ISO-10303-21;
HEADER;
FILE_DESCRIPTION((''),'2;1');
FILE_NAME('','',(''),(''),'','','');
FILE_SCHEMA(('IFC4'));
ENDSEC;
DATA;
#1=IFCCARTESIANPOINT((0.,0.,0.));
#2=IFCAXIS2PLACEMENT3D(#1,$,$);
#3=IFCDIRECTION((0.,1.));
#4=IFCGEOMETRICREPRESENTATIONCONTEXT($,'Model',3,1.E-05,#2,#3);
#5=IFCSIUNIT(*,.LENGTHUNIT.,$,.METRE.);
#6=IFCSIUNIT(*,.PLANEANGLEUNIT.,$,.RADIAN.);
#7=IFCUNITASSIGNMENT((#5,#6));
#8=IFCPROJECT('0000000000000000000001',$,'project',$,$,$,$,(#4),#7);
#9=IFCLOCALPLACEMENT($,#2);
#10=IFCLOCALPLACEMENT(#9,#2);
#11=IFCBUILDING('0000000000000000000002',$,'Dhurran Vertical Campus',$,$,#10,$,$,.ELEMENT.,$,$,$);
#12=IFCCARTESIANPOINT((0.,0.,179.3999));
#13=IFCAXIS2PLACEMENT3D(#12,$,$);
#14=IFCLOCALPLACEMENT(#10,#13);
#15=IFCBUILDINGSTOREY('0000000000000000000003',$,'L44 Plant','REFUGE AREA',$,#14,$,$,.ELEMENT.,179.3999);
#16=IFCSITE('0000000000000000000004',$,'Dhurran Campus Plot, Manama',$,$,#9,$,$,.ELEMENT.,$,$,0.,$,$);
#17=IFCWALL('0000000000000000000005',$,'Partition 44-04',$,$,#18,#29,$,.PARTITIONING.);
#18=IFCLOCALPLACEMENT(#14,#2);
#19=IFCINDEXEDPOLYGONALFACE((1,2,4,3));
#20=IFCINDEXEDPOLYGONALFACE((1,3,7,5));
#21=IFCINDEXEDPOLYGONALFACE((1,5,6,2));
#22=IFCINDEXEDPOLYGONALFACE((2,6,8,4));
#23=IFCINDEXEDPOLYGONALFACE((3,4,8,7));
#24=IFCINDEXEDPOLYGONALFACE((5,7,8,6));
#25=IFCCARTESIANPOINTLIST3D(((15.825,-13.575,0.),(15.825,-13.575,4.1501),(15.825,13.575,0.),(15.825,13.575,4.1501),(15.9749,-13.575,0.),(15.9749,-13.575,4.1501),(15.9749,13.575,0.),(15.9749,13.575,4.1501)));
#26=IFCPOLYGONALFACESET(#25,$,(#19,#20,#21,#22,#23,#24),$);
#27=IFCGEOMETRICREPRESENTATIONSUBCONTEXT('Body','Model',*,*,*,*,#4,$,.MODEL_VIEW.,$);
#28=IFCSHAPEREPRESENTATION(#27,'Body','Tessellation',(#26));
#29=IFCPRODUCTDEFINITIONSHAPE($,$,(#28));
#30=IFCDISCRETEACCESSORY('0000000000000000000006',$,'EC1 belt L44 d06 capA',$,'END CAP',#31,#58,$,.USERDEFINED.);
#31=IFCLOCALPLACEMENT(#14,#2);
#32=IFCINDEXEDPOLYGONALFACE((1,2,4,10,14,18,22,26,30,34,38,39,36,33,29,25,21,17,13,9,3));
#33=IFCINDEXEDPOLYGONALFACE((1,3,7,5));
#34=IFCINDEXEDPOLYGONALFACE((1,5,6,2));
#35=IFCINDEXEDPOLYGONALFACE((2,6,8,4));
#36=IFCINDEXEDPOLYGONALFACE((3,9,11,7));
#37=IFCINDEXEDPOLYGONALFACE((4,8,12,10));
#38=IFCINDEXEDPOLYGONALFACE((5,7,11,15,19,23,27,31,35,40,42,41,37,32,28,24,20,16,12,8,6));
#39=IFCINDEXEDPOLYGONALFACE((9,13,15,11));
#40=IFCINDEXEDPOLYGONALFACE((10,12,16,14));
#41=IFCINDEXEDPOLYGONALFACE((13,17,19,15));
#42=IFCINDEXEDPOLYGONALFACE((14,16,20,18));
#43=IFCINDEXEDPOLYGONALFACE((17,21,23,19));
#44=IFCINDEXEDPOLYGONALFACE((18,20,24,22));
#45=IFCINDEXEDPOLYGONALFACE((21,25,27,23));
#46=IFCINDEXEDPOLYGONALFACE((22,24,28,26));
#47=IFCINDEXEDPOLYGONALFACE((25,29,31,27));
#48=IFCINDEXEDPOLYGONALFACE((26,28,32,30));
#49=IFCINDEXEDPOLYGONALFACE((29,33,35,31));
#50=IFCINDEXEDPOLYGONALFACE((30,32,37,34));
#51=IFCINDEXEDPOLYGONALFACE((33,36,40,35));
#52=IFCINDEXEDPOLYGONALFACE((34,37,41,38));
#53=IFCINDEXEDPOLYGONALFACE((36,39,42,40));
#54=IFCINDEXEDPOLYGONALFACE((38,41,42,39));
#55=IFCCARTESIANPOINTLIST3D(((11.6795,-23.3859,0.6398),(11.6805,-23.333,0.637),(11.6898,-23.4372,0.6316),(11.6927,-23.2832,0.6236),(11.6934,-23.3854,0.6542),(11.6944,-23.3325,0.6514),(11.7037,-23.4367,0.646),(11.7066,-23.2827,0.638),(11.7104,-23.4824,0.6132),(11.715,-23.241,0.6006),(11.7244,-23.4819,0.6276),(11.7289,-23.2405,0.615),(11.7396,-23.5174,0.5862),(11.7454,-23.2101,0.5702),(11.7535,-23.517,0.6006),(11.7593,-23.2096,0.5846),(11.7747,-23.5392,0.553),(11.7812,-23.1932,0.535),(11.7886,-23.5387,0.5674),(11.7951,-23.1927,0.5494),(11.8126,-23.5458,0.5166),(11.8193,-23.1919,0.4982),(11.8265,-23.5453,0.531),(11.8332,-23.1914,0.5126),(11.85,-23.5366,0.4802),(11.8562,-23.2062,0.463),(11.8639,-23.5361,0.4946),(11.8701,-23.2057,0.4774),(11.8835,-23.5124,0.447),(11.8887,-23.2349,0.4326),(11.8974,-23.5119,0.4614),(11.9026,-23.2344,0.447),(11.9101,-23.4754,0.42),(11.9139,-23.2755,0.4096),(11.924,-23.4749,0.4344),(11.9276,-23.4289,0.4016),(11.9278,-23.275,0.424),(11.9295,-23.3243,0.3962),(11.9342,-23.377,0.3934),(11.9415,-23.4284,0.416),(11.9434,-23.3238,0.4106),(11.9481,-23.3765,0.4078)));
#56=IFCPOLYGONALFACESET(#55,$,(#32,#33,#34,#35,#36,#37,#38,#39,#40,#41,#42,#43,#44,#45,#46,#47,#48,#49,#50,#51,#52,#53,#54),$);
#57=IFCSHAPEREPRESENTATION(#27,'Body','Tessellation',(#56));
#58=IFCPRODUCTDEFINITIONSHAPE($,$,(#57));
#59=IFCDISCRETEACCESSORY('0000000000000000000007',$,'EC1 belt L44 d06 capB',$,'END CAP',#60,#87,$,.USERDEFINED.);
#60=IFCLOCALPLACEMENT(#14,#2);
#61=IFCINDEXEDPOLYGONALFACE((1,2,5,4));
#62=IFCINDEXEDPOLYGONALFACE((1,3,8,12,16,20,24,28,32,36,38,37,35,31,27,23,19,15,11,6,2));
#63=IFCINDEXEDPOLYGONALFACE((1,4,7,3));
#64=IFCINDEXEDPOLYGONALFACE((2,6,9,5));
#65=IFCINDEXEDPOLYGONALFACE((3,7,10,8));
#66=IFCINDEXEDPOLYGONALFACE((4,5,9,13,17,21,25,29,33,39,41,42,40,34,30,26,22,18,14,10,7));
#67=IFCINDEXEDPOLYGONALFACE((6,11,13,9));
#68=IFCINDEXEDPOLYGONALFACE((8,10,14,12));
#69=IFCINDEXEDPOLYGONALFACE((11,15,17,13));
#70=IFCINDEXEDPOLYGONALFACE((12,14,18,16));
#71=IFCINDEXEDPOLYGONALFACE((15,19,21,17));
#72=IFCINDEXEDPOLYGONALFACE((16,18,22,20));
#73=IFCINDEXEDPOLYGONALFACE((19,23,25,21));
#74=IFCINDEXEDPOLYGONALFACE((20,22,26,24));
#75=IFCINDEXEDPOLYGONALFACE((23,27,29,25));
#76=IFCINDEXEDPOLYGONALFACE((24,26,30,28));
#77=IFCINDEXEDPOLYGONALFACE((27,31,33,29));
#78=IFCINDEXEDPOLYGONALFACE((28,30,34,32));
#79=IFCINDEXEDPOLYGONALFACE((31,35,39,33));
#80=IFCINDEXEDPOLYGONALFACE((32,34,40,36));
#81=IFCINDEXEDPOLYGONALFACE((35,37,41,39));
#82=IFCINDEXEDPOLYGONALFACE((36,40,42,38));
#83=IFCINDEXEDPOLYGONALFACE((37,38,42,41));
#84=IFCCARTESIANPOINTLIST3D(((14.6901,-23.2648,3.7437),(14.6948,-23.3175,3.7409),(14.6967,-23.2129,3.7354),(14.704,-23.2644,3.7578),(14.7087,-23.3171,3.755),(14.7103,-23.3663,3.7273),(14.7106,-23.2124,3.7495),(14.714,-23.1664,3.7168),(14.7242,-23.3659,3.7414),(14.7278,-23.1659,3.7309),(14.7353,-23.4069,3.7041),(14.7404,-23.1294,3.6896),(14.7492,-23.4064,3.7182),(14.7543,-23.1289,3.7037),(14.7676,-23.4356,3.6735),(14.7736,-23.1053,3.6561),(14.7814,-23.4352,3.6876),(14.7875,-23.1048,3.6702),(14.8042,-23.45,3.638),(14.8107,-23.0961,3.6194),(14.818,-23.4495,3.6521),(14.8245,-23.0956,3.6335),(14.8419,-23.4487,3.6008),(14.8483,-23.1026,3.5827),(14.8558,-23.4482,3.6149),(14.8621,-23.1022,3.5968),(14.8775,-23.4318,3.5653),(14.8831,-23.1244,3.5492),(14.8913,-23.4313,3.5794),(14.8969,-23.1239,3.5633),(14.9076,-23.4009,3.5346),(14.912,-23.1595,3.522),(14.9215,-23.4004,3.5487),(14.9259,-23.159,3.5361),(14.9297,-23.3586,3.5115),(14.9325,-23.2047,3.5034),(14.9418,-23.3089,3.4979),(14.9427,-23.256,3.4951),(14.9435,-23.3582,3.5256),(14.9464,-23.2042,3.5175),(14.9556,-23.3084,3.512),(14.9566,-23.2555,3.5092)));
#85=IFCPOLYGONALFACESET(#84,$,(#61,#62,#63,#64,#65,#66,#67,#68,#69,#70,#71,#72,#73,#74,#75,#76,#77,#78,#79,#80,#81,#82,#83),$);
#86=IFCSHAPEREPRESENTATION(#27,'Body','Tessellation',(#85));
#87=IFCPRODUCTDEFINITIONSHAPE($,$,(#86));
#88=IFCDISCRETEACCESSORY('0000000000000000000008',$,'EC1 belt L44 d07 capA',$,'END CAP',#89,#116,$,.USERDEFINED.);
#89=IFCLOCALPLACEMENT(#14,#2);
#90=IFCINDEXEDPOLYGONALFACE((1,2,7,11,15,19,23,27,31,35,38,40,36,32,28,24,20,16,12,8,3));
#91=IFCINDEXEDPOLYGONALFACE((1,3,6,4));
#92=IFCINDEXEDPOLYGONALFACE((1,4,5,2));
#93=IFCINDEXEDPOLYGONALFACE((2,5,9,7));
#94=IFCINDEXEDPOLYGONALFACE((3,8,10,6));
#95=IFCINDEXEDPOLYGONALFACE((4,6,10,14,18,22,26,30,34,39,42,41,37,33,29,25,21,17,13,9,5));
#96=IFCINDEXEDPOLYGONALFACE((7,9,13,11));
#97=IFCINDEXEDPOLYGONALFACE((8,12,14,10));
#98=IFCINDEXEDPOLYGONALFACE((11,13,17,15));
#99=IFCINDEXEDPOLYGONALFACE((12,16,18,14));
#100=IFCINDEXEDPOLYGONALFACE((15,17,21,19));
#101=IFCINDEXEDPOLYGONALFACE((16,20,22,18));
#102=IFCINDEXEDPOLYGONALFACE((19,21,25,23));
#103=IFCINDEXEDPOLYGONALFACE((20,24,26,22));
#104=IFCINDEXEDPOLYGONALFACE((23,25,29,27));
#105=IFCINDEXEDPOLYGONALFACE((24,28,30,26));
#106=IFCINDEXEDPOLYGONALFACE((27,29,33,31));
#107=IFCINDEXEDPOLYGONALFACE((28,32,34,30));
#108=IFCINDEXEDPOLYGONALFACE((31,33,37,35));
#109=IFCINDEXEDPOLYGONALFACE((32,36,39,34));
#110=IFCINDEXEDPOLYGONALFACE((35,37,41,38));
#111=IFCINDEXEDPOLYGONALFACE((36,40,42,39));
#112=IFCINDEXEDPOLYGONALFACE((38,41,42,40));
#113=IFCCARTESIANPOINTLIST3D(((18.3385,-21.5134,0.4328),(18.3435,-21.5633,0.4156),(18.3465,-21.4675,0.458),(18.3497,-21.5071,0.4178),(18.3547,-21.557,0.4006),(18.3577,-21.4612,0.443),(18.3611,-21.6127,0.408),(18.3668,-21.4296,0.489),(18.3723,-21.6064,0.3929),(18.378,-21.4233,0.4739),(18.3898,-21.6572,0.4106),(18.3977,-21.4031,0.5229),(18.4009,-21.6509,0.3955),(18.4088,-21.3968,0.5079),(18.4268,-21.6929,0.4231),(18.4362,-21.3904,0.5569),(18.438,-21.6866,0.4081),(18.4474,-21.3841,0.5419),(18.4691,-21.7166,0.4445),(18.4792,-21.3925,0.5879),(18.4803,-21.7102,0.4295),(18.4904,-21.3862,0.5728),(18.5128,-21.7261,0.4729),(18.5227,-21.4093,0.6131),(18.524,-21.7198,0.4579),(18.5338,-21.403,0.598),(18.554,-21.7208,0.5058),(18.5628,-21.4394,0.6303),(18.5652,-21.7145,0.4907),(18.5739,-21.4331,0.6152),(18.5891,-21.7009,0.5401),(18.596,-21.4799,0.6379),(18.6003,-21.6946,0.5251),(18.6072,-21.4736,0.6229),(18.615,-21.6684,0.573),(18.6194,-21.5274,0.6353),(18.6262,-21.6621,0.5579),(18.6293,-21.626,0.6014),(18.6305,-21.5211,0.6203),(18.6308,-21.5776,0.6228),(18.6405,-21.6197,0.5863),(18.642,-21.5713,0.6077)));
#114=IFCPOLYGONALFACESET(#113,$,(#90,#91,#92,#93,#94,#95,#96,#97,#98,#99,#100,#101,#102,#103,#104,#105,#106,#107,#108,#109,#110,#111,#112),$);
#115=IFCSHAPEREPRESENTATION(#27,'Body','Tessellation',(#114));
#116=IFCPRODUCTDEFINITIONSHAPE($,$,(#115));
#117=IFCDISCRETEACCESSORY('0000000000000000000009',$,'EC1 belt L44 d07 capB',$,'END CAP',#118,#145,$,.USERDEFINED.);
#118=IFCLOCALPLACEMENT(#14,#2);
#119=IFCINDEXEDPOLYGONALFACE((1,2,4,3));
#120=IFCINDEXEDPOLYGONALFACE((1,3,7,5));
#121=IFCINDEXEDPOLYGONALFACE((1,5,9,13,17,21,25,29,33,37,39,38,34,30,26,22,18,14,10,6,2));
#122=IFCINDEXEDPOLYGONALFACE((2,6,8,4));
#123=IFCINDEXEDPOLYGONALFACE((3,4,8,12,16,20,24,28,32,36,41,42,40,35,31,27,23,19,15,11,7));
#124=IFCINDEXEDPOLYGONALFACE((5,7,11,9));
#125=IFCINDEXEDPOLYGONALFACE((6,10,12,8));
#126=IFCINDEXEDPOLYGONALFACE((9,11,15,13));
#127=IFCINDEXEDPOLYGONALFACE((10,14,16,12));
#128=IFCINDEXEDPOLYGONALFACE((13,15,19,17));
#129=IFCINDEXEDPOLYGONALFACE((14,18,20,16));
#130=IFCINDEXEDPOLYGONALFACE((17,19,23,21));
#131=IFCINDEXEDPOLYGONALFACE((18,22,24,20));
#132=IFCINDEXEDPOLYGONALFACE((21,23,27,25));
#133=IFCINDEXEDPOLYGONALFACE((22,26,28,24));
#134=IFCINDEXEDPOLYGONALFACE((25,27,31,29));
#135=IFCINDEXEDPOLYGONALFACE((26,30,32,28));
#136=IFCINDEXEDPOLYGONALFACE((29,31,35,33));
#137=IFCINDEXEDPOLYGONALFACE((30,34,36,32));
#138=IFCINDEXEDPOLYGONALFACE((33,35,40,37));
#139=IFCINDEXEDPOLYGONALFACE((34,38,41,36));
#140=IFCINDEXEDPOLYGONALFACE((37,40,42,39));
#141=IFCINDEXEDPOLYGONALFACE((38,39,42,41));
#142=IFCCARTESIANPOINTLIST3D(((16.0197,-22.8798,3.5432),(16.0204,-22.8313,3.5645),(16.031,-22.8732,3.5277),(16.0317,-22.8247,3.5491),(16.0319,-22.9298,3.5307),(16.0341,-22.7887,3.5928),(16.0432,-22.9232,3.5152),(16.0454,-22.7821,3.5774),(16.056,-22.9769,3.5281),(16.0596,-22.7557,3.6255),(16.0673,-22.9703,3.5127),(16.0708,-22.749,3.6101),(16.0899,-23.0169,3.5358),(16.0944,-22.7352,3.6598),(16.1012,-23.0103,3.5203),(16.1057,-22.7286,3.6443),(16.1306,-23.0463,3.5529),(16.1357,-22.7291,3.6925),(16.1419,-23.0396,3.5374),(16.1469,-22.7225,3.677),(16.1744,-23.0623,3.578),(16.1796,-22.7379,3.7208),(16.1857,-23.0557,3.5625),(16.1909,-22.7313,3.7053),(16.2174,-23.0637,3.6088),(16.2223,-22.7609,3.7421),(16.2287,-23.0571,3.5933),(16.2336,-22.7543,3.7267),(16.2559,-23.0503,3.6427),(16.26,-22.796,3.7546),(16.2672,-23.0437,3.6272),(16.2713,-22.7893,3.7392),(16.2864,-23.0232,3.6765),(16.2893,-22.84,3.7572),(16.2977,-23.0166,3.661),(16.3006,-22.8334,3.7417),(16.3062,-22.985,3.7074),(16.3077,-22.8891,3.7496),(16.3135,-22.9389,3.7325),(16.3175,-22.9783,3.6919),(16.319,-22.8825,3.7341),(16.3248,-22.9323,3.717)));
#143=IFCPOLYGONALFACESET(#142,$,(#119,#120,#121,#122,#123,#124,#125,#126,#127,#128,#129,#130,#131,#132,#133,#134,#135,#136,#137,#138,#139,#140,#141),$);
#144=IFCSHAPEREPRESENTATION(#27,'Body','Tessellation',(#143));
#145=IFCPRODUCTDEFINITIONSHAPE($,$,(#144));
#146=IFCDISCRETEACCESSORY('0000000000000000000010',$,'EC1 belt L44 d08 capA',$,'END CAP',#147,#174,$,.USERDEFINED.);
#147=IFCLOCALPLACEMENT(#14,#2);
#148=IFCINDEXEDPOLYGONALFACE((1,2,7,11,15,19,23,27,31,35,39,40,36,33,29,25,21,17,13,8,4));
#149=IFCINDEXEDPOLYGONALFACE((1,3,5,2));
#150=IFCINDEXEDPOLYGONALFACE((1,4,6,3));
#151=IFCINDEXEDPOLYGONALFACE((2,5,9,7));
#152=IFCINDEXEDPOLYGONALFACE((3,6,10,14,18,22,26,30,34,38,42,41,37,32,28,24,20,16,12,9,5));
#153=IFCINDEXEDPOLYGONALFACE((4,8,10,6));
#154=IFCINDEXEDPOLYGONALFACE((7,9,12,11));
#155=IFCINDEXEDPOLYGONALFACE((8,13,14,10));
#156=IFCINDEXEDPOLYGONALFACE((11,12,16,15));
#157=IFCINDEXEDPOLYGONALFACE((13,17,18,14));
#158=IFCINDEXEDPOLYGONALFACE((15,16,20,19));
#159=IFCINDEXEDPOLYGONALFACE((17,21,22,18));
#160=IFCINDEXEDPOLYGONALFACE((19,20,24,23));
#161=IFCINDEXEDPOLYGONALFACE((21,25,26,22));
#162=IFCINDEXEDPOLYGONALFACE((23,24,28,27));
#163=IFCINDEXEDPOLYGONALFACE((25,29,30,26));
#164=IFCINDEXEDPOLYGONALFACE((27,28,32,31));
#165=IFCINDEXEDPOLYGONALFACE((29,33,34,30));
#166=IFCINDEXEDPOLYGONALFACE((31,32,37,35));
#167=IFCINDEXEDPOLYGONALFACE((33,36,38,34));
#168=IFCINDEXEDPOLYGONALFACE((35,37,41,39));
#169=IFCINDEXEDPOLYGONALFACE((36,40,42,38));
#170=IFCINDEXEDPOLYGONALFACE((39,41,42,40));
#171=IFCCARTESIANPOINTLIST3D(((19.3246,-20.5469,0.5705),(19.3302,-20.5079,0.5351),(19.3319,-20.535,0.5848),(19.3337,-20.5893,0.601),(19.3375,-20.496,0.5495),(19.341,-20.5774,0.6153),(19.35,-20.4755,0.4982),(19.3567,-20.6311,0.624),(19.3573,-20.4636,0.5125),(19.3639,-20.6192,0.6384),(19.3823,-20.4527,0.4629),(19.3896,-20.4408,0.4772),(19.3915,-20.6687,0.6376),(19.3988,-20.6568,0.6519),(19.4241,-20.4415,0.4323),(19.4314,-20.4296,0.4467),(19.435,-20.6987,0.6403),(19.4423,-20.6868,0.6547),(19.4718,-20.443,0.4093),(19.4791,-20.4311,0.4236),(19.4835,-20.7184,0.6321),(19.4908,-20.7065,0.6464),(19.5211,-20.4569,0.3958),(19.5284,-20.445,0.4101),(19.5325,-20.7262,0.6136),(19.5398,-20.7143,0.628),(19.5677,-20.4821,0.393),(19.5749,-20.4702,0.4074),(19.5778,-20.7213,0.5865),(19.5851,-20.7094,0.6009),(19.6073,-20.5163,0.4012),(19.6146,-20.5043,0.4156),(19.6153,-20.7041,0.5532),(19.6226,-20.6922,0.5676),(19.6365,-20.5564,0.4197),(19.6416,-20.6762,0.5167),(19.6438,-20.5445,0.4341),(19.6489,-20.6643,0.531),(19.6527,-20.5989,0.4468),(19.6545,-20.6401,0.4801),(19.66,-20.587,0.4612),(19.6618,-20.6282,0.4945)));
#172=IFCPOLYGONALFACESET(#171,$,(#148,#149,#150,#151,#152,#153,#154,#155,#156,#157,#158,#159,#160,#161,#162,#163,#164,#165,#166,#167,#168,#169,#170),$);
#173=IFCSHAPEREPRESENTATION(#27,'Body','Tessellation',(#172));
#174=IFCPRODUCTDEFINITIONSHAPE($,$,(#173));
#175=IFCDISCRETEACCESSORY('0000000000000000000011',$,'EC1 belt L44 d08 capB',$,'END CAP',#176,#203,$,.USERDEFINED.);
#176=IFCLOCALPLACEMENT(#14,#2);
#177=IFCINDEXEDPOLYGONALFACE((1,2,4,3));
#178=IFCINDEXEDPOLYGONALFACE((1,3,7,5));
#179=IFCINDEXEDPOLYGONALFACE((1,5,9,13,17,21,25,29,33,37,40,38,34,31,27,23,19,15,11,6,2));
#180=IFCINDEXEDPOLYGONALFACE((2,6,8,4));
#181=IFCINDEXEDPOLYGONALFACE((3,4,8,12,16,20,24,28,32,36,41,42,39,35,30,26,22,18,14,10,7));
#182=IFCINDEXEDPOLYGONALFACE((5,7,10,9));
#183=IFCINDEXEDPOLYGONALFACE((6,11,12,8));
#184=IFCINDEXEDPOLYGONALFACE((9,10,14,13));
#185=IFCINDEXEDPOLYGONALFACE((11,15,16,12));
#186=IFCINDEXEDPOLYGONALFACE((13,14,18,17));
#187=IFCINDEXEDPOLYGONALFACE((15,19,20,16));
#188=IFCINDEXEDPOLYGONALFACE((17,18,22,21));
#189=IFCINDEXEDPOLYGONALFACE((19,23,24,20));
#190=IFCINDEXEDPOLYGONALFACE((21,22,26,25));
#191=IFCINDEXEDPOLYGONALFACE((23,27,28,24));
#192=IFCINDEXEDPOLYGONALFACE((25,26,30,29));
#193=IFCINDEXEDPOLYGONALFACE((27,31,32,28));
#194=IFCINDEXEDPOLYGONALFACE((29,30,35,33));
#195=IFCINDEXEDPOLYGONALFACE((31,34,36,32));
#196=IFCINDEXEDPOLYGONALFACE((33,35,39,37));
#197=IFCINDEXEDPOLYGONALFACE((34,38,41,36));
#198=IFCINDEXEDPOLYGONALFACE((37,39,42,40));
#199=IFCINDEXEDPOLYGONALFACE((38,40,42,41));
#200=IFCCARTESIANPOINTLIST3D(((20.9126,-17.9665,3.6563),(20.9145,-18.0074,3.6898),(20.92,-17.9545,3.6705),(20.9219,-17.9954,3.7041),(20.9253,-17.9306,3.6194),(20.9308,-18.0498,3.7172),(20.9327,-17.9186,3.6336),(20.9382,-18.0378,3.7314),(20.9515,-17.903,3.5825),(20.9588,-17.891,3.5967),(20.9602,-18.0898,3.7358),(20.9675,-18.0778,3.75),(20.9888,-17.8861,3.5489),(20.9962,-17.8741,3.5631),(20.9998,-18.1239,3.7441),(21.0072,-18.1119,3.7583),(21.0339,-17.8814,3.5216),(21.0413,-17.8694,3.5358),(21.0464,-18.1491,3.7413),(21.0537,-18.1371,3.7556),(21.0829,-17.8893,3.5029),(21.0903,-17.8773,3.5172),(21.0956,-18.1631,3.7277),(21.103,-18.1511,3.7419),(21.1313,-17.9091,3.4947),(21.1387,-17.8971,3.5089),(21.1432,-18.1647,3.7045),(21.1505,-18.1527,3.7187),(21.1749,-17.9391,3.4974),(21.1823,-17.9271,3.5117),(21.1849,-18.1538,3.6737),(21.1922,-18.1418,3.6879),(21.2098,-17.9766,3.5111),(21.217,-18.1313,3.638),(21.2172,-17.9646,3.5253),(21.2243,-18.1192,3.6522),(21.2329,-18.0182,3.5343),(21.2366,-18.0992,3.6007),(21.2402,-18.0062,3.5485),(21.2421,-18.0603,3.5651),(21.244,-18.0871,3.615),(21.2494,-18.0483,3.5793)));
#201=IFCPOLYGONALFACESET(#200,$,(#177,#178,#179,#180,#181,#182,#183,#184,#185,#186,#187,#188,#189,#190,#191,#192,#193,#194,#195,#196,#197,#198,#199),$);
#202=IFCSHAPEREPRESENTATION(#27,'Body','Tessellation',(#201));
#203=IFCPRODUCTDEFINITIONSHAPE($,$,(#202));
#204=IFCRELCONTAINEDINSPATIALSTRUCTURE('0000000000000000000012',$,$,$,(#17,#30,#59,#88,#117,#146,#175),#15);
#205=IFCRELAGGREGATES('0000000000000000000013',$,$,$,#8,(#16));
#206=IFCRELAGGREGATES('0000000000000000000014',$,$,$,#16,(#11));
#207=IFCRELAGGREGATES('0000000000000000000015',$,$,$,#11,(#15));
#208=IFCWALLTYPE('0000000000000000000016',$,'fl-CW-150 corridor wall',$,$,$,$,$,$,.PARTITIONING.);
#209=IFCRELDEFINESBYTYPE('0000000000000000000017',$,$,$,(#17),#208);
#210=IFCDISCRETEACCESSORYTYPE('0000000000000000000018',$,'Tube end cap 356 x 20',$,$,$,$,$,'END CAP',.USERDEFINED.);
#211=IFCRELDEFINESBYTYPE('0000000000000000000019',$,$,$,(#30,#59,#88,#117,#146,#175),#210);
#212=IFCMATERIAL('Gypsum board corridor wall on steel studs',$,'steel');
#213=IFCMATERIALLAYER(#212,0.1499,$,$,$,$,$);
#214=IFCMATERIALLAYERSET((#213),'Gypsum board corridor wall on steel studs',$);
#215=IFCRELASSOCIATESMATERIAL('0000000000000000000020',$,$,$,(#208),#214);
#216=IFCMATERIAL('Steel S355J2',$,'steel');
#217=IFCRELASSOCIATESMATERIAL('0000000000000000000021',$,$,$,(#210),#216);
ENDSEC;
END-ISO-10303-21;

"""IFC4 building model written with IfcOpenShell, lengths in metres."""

from ifc_helpers import new_model, si_unit, direction, frame, frame_2d, origin, origin_2d, place, context, subcontext, project, spatial, rectangle, circle, extrude, material, layer, layer_set, material_profile, profile_set, type_object, element, save


model = new_model("IFC4")

# Units and contexts
model_context = context("Model", 3, precision=1e-05, world=origin(), true_north=direction((0.0, 1.0)))
body_context = subcontext(model_context, "Body", "Model", "MODEL_VIEW")
ifc_project = project(units=[si_unit("LENGTHUNIT", "METRE"), si_unit("PLANEANGLEUNIT", "RADIAN")], contexts=[model_context])

# Site, building, storey
site_placement = place(None, origin())
site = spatial("IfcSite", under=ifc_project, at=site_placement, Name="Dhurran Campus Plot, Manama", CompositionType="ELEMENT", RefElevation=0.0)
building_placement = place(site_placement, origin())
building = spatial("IfcBuilding", under=site, at=building_placement, Name="Dhurran Vertical Campus", CompositionType="ELEMENT")
storey_placement = place(building_placement, frame((0.0, 0.0, 179.3999)))
storey = spatial("IfcBuildingStorey", under=building, at=storey_placement, Name="L44 Plant", Description="REFUGE AREA", CompositionType="ELEMENT", Elevation=179.3999)

# Wall
ifc_material_1 = material(Name="Gypsum board corridor wall on steel studs", Category="steel")
ifc_layer_1 = layer(ifc_material_1, 0.1499)
ifc_layer_set_1 = layer_set([ifc_layer_1], Name="Gypsum board corridor wall on steel studs")
wall_type_1 = type_object("IfcWallType", Name="fl-CW-150 corridor wall", PredefinedType="PARTITIONING", material=ifc_layer_set_1)
wall_1_placement = place(storey_placement, frame((15.8999, -13.575, 0.0), z_axis=(0.0, 0.0, 1.0), x_axis=(0.0, 1.0, 0.0)))
element("IfcWall", 1, at=wall_1_placement, inside=storey, type_object=wall_type_1, Name="Partition 44-04", PredefinedType="PARTITIONING", context=body_context, shape_type="SweptSolid", body=[
    extrude(rectangle(XDim=27.1499, YDim=0.1499, at=frame_2d((13.575, 0.0))), origin(), (0.0, 0.0, 1.0), 4.1501),
])

# Discrete accessories
ifc_material_2 = material(Name="Steel S355J2", Category="steel")
ifc_material_profile_1 = material_profile(ifc_material_2, circle(Radius=0.1777, at=origin_2d()), Name="Tube end cap 356 x 20")
ifc_profile_set_1 = profile_set([ifc_material_profile_1], Name="Steel S355J2")
discrete_accessory_type = type_object("IfcDiscreteAccessoryType", Name="Tube end cap 356 x 20", ElementType="END CAP", PredefinedType="USERDEFINED", material=ifc_profile_set_1)
discrete_accessory_1_placement = place(storey_placement, frame((11.8203, -23.3677, 0.531), z_axis=(-0.694606, -0.024372, -0.718978), x_axis=(0.035066, -0.999385, 0.0)))
element("IfcDiscreteAccessory", 2, at=discrete_accessory_1_placement, inside=storey, type_object=discrete_accessory_type, Name="EC1 belt L44 d06 capA", ObjectType="END CAP", PredefinedType="USERDEFINED", context=body_context, shape_type="SweptSolid", body=[
    extrude(circle(Radius=0.1777, at=origin_2d()), origin(), (0.0, 0.0, 1.0), 0.02),
])
for number, where, z_axis, x_axis, name in (
    (3, (14.8169, -23.2737, 3.6194), (0.70072, 0.024587, 0.713013), (-0.035066, 0.999385, 0.0), "EC1 belt L44 d06 capB"),
    (4, (18.4851, -21.5579, 0.5229), (0.564683, 0.319169, -0.761094), (-0.492057, 0.870563, 0.0), "EC1 belt L44 d07 capA"),
):
    element("IfcDiscreteAccessory", number, at=place(storey_placement, frame(where, z_axis=z_axis, x_axis=x_axis)), inside=storey, type_object=discrete_accessory_type, Name=name, ObjectType="END CAP", PredefinedType="USERDEFINED", context=body_context, shape_type="SweptSolid", body=[
        extrude(circle(Radius=0.1777, at=origin_2d()), origin(), (0.0, 0.0, 1.0), 0.0198),
    ])
discrete_accessory_2_placement = place(storey_placement, frame((16.1772, -22.8904, 3.6272), z_axis=(-0.557259, -0.327087, 0.763202), x_axis=(0.506201, -0.862416, 0.0)))
element("IfcDiscreteAccessory", 5, at=discrete_accessory_2_placement, inside=storey, type_object=discrete_accessory_type, Name="EC1 belt L44 d07 capB", ObjectType="END CAP", PredefinedType="USERDEFINED", context=body_context, shape_type="SweptSolid", body=[
    extrude(circle(Radius=0.1777, at=origin_2d()), origin(), (0.0, 0.0, 1.0), 0.0203),
])
for number, where, z_axis, x_axis, name in (
    (6, (19.4973, -20.5715, 0.531), (-0.364286, -0.595, -0.716429), (0.852851, -0.522154, 0.0), "EC1 belt L44 d08 capA"),
    (7, (21.0769, -18.0234, 3.6194), (0.367469, 0.6002, 0.710441), (-0.852851, 0.522154, 0.0), "EC1 belt L44 d08 capB"),
):
    element("IfcDiscreteAccessory", number, at=place(storey_placement, frame(where, z_axis=z_axis, x_axis=x_axis)), inside=storey, type_object=discrete_accessory_type, Name=name, ObjectType="END CAP", PredefinedType="USERDEFINED", context=body_context, shape_type="SweptSolid", body=[
        extrude(circle(Radius=0.1777, at=origin_2d()), origin(), (0.0, 0.0, 1.0), 0.02),
    ])

save(model, "model.ifc")
